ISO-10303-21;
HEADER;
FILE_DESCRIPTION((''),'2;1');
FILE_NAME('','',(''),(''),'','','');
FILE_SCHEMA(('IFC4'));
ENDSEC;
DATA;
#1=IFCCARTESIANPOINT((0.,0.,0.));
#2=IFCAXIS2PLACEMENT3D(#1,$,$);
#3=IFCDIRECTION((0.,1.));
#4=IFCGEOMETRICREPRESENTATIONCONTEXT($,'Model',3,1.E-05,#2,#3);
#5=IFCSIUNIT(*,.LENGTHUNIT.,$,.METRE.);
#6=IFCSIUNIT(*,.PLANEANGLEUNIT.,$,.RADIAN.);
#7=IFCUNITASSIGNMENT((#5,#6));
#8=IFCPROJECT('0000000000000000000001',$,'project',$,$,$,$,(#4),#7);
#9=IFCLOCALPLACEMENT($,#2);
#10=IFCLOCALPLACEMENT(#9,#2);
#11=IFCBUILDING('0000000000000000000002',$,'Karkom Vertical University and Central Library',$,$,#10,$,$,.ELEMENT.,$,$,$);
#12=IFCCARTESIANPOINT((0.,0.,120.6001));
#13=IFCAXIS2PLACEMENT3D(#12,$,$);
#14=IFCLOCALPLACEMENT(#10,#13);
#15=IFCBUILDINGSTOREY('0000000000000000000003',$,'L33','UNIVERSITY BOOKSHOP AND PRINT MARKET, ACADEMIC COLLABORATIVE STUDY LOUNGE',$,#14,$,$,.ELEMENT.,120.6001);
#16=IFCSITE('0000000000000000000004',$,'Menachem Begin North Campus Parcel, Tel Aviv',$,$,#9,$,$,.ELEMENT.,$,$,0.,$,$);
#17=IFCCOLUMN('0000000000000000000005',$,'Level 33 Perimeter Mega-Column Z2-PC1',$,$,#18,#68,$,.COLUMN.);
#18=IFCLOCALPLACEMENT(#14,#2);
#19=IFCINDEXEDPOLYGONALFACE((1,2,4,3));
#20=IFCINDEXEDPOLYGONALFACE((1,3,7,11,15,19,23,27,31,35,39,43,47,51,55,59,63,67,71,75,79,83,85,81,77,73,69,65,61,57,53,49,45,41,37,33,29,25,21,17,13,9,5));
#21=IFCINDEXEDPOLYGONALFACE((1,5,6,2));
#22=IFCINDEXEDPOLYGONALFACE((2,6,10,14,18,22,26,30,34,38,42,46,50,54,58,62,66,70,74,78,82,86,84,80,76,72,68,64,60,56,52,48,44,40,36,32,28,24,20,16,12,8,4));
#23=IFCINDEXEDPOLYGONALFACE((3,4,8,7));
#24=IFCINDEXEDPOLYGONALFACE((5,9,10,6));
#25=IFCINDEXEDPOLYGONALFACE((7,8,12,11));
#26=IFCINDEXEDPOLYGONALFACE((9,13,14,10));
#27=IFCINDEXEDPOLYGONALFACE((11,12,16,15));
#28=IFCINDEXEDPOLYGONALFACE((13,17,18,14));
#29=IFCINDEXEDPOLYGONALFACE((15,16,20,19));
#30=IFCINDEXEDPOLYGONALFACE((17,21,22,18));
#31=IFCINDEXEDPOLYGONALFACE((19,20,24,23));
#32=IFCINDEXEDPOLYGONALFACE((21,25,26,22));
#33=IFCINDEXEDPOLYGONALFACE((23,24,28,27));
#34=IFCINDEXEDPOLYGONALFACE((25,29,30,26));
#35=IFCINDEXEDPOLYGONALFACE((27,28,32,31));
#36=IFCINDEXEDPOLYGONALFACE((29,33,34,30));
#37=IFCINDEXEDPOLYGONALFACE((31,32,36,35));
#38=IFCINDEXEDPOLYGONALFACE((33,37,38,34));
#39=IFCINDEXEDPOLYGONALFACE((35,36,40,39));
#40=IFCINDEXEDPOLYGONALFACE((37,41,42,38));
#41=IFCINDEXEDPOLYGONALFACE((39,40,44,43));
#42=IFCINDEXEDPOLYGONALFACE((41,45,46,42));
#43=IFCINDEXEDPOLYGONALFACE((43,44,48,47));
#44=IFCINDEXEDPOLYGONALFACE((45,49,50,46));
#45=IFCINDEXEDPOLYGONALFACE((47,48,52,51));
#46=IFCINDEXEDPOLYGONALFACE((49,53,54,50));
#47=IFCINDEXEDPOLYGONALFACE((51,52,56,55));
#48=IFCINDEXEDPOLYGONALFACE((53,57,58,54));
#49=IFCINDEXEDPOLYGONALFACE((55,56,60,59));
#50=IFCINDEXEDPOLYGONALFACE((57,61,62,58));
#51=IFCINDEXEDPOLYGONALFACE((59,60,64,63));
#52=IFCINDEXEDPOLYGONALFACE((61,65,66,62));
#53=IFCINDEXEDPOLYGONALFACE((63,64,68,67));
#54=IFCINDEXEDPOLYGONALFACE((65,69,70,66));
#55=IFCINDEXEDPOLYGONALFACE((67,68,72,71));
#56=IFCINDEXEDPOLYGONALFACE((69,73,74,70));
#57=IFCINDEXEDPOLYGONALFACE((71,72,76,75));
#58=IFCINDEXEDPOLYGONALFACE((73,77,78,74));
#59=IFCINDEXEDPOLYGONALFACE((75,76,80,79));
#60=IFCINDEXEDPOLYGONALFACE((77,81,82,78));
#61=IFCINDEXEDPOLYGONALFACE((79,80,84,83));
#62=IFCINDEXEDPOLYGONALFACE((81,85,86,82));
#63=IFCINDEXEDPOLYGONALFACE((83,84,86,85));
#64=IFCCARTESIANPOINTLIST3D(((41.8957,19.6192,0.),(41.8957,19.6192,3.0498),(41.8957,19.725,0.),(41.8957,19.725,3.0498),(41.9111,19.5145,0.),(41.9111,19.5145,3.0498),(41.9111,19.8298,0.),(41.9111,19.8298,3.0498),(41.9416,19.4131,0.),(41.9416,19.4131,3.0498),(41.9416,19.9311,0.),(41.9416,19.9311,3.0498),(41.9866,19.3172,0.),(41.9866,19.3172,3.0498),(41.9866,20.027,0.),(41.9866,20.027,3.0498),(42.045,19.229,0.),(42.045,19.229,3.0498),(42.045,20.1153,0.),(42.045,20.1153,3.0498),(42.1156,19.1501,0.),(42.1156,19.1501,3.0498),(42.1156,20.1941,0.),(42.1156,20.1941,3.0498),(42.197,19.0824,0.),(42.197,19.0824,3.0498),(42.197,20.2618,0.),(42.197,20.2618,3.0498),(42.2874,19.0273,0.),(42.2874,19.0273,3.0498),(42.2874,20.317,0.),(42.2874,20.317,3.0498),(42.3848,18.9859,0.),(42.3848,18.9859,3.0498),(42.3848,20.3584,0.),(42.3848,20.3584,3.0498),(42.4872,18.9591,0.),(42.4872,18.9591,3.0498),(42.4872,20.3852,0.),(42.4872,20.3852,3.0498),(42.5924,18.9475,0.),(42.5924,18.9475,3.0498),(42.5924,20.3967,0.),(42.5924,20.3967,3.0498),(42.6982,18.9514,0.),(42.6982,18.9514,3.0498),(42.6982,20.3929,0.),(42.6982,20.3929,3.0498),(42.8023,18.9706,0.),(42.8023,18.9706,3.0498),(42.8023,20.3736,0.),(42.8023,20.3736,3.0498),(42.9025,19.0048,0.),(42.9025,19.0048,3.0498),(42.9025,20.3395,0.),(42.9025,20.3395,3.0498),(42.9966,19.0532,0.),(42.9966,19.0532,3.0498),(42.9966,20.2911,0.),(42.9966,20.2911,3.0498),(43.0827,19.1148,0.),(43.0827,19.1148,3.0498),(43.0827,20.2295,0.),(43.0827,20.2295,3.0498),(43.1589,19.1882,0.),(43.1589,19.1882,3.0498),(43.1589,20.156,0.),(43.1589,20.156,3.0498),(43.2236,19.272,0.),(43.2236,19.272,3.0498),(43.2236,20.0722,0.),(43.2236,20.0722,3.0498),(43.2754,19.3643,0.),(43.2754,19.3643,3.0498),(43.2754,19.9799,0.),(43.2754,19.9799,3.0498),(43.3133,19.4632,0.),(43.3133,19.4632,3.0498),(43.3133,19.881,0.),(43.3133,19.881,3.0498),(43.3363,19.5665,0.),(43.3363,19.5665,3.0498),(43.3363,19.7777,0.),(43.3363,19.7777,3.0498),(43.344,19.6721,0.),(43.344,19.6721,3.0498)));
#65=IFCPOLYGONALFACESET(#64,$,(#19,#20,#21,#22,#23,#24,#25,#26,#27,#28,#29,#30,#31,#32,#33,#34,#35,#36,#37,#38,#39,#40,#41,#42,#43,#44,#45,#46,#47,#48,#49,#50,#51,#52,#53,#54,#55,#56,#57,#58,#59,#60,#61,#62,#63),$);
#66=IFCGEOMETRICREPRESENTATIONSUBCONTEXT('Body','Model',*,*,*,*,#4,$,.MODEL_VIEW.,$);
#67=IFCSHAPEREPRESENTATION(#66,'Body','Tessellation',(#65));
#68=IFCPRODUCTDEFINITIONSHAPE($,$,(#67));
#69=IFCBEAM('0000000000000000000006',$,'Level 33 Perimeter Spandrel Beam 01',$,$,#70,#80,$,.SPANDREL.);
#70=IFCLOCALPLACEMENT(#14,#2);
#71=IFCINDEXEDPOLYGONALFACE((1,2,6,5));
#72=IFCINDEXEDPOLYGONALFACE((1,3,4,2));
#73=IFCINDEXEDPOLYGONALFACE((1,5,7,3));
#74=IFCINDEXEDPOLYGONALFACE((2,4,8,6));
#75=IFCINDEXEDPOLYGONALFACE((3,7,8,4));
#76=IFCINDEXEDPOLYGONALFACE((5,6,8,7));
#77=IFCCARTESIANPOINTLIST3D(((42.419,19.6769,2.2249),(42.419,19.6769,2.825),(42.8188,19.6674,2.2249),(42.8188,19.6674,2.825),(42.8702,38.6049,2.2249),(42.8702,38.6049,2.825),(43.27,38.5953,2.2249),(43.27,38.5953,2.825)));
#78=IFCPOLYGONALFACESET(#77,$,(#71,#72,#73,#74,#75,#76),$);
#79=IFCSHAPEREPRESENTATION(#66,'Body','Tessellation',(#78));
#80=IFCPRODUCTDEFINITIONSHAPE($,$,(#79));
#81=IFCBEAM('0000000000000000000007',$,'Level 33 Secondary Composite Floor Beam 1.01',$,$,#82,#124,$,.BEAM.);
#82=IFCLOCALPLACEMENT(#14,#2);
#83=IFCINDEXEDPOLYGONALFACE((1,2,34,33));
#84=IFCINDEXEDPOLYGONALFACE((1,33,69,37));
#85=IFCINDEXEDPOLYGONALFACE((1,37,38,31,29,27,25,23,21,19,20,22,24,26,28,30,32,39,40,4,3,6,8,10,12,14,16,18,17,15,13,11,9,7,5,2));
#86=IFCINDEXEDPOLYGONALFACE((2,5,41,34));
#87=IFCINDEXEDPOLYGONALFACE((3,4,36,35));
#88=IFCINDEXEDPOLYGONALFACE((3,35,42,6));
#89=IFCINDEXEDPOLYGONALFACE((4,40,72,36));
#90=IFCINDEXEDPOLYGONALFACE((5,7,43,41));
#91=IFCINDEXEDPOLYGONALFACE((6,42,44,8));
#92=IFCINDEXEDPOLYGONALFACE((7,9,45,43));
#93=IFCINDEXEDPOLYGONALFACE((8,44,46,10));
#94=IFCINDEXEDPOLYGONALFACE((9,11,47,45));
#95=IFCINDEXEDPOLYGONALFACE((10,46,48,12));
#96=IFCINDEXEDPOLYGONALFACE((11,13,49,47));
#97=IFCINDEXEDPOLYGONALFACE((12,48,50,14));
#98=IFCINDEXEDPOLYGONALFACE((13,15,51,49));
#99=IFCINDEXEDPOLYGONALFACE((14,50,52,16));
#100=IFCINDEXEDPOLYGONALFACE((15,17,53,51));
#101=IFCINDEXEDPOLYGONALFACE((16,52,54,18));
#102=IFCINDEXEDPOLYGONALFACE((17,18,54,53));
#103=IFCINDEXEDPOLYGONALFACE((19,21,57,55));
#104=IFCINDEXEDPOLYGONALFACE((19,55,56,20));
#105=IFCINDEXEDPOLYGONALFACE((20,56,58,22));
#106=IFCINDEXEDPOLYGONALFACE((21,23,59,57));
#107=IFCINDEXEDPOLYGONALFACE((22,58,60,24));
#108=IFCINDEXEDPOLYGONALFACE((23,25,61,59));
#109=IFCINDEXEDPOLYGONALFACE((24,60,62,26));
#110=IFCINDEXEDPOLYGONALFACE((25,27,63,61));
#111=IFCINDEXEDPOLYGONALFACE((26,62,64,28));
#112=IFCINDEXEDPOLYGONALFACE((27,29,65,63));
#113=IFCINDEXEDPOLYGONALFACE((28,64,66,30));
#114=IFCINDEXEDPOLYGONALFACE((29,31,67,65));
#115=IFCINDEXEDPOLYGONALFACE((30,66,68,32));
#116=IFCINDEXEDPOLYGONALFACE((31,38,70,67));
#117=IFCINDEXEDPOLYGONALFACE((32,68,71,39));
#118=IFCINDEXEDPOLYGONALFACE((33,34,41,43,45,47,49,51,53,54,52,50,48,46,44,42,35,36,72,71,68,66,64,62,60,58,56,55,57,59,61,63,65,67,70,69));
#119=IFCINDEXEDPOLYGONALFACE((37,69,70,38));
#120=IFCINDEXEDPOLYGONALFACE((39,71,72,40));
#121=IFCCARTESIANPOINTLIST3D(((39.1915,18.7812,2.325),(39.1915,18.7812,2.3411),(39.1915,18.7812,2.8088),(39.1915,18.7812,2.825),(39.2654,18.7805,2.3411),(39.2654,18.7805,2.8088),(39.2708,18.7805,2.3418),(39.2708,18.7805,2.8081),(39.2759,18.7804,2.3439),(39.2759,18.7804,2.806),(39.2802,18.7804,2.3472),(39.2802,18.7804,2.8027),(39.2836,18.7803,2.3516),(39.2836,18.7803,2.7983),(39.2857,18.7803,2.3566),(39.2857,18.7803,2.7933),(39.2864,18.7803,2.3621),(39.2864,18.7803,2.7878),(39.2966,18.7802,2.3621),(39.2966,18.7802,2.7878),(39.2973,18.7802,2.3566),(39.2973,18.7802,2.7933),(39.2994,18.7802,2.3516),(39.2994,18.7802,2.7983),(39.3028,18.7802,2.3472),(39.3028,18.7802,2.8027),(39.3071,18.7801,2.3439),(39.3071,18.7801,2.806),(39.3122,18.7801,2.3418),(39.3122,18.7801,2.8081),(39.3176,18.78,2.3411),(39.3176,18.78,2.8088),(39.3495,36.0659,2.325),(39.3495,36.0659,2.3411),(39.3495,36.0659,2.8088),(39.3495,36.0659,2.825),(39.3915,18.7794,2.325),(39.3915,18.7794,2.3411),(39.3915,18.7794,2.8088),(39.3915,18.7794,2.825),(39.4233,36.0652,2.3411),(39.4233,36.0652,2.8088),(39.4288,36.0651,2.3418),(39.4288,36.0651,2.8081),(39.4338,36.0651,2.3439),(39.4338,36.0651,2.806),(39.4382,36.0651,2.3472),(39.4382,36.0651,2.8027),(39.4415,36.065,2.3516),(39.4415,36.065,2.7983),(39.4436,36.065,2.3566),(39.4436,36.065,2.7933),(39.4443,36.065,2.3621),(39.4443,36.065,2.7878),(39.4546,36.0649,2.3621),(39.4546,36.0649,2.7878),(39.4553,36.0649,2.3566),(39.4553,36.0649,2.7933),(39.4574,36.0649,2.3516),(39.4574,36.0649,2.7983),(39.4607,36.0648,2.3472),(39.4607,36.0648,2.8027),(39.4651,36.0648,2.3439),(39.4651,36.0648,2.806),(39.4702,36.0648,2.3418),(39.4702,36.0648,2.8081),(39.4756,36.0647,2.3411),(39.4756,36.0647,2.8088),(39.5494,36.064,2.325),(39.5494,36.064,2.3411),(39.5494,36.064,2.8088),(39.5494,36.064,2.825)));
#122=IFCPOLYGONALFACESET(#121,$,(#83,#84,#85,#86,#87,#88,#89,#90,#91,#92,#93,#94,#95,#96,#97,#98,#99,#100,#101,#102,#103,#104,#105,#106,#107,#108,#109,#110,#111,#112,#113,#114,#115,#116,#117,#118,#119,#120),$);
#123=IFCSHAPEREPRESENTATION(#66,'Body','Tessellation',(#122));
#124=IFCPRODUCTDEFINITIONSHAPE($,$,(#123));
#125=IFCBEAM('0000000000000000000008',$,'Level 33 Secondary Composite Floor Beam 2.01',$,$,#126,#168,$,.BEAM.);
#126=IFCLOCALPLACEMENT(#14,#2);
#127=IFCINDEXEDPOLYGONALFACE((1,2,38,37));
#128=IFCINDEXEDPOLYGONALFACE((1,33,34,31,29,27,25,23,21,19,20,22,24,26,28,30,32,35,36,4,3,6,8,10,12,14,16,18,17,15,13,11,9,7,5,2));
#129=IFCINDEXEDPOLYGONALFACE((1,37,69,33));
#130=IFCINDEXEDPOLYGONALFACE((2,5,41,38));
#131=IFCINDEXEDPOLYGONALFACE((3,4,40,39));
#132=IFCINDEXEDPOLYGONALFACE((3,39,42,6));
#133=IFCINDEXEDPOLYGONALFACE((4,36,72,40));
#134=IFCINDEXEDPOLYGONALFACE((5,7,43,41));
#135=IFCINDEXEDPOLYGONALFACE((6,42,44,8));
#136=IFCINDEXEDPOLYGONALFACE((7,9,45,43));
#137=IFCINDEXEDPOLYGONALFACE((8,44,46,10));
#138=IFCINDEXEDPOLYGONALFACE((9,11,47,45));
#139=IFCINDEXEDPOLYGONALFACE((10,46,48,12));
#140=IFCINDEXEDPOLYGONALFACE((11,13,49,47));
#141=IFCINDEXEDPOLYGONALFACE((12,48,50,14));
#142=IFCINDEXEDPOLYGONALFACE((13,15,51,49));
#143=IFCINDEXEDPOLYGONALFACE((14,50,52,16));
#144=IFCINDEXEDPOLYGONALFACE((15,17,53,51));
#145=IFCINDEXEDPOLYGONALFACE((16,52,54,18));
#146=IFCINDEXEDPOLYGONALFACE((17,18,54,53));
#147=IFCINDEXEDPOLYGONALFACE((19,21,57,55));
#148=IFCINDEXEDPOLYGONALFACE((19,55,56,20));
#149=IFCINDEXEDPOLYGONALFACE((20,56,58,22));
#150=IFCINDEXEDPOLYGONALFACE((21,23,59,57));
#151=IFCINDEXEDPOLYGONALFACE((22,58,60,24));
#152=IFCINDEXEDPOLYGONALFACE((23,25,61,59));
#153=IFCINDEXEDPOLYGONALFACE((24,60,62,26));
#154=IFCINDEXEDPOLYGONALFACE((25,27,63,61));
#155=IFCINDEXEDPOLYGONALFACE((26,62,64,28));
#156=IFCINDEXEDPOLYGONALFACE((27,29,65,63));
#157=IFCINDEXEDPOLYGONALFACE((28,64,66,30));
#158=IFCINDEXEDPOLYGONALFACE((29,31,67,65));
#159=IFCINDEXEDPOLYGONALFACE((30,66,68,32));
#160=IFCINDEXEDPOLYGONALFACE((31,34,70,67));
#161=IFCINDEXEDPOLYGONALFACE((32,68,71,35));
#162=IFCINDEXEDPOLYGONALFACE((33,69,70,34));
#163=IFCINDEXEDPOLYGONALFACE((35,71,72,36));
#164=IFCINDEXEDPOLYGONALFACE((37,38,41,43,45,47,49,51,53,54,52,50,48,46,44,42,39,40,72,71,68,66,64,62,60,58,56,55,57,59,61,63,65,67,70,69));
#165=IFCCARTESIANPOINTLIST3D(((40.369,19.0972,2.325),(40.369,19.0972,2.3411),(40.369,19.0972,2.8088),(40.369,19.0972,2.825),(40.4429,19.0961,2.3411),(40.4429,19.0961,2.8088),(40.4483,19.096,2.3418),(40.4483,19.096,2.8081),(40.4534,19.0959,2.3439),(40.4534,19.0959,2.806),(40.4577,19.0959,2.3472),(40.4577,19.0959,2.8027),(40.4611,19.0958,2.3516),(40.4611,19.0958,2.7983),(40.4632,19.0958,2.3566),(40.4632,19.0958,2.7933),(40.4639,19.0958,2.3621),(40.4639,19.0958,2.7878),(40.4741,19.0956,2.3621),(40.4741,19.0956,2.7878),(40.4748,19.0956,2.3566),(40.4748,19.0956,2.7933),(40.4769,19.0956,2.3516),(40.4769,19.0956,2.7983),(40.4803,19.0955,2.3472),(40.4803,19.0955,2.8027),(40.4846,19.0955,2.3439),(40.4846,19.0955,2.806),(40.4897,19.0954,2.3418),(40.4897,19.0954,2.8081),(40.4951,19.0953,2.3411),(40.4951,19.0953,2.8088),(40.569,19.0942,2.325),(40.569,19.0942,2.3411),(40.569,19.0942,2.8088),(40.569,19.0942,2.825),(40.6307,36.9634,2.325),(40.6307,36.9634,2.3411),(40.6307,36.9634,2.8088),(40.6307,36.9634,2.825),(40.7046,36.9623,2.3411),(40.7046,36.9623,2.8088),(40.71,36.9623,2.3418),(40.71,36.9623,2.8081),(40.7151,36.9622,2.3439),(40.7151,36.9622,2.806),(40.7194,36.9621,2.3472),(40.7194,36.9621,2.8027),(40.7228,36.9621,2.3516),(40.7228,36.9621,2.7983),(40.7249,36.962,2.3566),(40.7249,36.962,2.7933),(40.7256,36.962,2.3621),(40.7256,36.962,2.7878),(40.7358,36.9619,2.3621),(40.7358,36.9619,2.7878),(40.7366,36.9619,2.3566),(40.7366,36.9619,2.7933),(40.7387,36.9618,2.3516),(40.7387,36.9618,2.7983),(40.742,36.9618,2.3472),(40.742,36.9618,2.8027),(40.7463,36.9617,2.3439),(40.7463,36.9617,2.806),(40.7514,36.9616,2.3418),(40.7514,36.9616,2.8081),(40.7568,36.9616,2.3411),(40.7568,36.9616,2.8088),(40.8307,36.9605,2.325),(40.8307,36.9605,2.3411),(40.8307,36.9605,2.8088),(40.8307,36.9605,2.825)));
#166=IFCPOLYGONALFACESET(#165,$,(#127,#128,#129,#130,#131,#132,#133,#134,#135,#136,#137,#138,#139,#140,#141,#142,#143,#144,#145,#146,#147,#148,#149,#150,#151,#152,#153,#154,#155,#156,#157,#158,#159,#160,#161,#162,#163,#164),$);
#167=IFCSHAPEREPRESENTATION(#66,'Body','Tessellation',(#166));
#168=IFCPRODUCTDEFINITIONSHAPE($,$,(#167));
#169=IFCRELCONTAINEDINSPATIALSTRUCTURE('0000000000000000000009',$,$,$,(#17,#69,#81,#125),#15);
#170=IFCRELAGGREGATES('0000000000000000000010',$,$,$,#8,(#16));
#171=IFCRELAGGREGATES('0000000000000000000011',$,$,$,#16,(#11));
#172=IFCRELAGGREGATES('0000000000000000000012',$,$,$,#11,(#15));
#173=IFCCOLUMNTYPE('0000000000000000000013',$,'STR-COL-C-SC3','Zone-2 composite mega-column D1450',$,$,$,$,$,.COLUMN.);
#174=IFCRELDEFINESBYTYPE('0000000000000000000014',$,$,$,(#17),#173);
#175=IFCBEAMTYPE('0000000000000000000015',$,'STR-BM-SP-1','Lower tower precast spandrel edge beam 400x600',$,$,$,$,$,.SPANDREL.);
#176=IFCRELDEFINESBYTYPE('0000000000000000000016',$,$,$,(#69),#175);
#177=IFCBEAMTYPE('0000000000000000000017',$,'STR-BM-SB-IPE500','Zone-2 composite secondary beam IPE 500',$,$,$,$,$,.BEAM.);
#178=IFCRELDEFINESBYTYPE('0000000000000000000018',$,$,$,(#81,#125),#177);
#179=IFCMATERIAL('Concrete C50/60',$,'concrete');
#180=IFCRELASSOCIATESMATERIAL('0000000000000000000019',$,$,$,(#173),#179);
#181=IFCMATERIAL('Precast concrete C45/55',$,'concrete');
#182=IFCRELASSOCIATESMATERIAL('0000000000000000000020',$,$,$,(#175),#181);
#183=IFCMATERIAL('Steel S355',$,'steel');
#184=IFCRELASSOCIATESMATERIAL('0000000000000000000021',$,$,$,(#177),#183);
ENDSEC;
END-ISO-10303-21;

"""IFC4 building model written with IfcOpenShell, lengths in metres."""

from ifc_helpers import new_model, si_unit, direction, frame, origin, origin_with_axes, origin_2d, place, context, subcontext, project, spatial, rectangle, circle, i_section, extrude, source, transform, mapped, material, material_profile, profile_set, type_object, element, save


model = new_model("IFC4")

# Units and contexts
model_context = context("Model", 3, precision=1e-05, world=origin(), true_north=direction((0.0, 1.0)))
body_context = subcontext(model_context, "Body", "Model", "MODEL_VIEW")
ifc_project = project(units=[si_unit("LENGTHUNIT", "METRE"), si_unit("PLANEANGLEUNIT", "RADIAN")], contexts=[model_context])

# Site, building, storey
site_placement = place(None, origin())
site = spatial("IfcSite", under=ifc_project, at=site_placement, Name="Menachem Begin North Campus Parcel, Tel Aviv", CompositionType="ELEMENT", RefElevation=0.0)
building_placement = place(site_placement, origin())
building = spatial("IfcBuilding", under=site, at=building_placement, Name="Karkom Vertical University and Central Library", CompositionType="ELEMENT")
storey_placement = place(building_placement, frame((0.0, 0.0, 120.6001)))
storey = spatial("IfcBuildingStorey", under=building, at=storey_placement, Name="L33", Description="UNIVERSITY BOOKSHOP AND PRINT MARKET, ACADEMIC COLLABORATIVE STUDY LOUNGE", CompositionType="ELEMENT", Elevation=120.6001)

# Column
ifc_material_1 = material(Name="Concrete C50/60", Category="concrete")
ifc_material_profile_1 = material_profile(ifc_material_1, circle(Radius=0.7251, at=origin_2d()), Name="CFT-D1450")
ifc_profile_set_1 = profile_set([ifc_material_profile_1], Name="Concrete C50/60")
column_type = type_object("IfcColumnType", Name="STR-COL-C-SC3", Description="Zone-2 composite mega-column D1450", PredefinedType="COLUMN", material=ifc_profile_set_1)
shared_shape_1 = source(origin_with_axes(), body_context, "Body", "SweptSolid", [
    extrude(circle(Radius=0.7251, at=origin_2d()), origin(), (0.0, 0.0, 1.0), 3.0498),
])
column_placement = place(storey_placement, frame((42.6189, 19.6721, 0.0), z_axis=(0.0, 0.0, 1.0), x_axis=(1.0, 0.0, 0.0)))
element("IfcColumn", 1, at=column_placement, inside=storey, type_object=column_type, Name="Level 33 Perimeter Mega-Column Z2-PC1", PredefinedType="COLUMN", context=body_context, shape_type="MappedRepresentation", body=[
    mapped(shared_shape_1, transform((0.0, 0.0, 0.0), scale=1.0)),
])

# Beams
ifc_material_2 = material(Name="Precast concrete C45/55", Category="concrete")
ifc_material_profile_2 = material_profile(ifc_material_2, rectangle(XDim=0.3999, YDim=0.6001, at=origin_2d()), Name="SPB-400x600")
ifc_profile_set_2 = profile_set([ifc_material_profile_2], Name="Precast concrete C45/55")
beam_type_1 = type_object("IfcBeamType", Name="STR-BM-SP-1", Description="Lower tower precast spandrel edge beam 400x600", PredefinedType="SPANDREL", material=ifc_profile_set_2)
shared_shape_2 = source(origin_with_axes(), body_context, "Body", "SweptSolid", [
    extrude(rectangle(XDim=0.3999, YDim=0.6001, at=origin_2d()), origin(), (0.0, 0.0, 1.0), 18.9333),
])
beam_1_placement = place(storey_placement, frame((42.6189, 19.6721, 2.5249), z_axis=(0.023829, 0.999716, 0.0), x_axis=(-0.999716, 0.023829, 0.0)))
element("IfcBeam", 2, at=beam_1_placement, inside=storey, type_object=beam_type_1, Name="Level 33 Perimeter Spandrel Beam 01", PredefinedType="SPANDREL", context=body_context, shape_type="MappedRepresentation", body=[
    mapped(shared_shape_2, transform((0.0, 0.0, 0.0), scale=1.0)),
])
ifc_material_3 = material(Name="Steel S355", Category="steel")
ifc_material_profile_3 = material_profile(ifc_material_3, i_section(OverallWidth=0.2, OverallDepth=0.5, WebThickness=0.0103, FlangeThickness=0.0161, FilletRadius=0.021, at=origin_2d()), Name="IPE 500")
ifc_profile_set_3 = profile_set([ifc_material_profile_3], Name="Steel S355")
beam_type_2 = type_object("IfcBeamType", Name="STR-BM-SB-IPE500", Description="Zone-2 composite secondary beam IPE 500", PredefinedType="BEAM", material=ifc_profile_set_3)
shared_shape_3 = source(origin_with_axes(), body_context, "Body", "SweptSolid", [
    extrude(i_section(OverallWidth=0.2, OverallDepth=0.5, WebThickness=0.0103, FlangeThickness=0.0161, FilletRadius=0.021, at=origin_2d()), origin(), (0.0, 0.0, 1.0), 17.2854),
])
beam_2_placement = place(storey_placement, frame((39.2915, 18.7803, 2.575), z_axis=(0.009138, 0.999958, 0.0), x_axis=(-0.999958, 0.009138, 0.0)))
element("IfcBeam", 3, at=beam_2_placement, inside=storey, type_object=beam_type_2, Name="Level 33 Secondary Composite Floor Beam 1.01", PredefinedType="BEAM", context=body_context, shape_type="MappedRepresentation", body=[
    mapped(shared_shape_3, transform((0.0, 0.0, 0.0), scale=1.0)),
])
shared_shape_4 = source(origin_with_axes(), body_context, "Body", "SweptSolid", [
    extrude(i_section(OverallWidth=0.2, OverallDepth=0.5, WebThickness=0.0103, FlangeThickness=0.0161, FilletRadius=0.021, at=origin_2d()), origin(), (0.0, 0.0, 1.0), 17.8682),
])
beam_3_placement = place(storey_placement, frame((40.469, 19.0957, 2.575), z_axis=(0.014647, 0.999893, 0.0), x_axis=(-0.999893, 0.014647, 0.0)))
element("IfcBeam", 4, at=beam_3_placement, inside=storey, type_object=beam_type_2, Name="Level 33 Secondary Composite Floor Beam 2.01", PredefinedType="BEAM", context=body_context, shape_type="MappedRepresentation", body=[
    mapped(shared_shape_4, transform((0.0, 0.0, 0.0), scale=1.0)),
])

save(model, "model.ifc")
